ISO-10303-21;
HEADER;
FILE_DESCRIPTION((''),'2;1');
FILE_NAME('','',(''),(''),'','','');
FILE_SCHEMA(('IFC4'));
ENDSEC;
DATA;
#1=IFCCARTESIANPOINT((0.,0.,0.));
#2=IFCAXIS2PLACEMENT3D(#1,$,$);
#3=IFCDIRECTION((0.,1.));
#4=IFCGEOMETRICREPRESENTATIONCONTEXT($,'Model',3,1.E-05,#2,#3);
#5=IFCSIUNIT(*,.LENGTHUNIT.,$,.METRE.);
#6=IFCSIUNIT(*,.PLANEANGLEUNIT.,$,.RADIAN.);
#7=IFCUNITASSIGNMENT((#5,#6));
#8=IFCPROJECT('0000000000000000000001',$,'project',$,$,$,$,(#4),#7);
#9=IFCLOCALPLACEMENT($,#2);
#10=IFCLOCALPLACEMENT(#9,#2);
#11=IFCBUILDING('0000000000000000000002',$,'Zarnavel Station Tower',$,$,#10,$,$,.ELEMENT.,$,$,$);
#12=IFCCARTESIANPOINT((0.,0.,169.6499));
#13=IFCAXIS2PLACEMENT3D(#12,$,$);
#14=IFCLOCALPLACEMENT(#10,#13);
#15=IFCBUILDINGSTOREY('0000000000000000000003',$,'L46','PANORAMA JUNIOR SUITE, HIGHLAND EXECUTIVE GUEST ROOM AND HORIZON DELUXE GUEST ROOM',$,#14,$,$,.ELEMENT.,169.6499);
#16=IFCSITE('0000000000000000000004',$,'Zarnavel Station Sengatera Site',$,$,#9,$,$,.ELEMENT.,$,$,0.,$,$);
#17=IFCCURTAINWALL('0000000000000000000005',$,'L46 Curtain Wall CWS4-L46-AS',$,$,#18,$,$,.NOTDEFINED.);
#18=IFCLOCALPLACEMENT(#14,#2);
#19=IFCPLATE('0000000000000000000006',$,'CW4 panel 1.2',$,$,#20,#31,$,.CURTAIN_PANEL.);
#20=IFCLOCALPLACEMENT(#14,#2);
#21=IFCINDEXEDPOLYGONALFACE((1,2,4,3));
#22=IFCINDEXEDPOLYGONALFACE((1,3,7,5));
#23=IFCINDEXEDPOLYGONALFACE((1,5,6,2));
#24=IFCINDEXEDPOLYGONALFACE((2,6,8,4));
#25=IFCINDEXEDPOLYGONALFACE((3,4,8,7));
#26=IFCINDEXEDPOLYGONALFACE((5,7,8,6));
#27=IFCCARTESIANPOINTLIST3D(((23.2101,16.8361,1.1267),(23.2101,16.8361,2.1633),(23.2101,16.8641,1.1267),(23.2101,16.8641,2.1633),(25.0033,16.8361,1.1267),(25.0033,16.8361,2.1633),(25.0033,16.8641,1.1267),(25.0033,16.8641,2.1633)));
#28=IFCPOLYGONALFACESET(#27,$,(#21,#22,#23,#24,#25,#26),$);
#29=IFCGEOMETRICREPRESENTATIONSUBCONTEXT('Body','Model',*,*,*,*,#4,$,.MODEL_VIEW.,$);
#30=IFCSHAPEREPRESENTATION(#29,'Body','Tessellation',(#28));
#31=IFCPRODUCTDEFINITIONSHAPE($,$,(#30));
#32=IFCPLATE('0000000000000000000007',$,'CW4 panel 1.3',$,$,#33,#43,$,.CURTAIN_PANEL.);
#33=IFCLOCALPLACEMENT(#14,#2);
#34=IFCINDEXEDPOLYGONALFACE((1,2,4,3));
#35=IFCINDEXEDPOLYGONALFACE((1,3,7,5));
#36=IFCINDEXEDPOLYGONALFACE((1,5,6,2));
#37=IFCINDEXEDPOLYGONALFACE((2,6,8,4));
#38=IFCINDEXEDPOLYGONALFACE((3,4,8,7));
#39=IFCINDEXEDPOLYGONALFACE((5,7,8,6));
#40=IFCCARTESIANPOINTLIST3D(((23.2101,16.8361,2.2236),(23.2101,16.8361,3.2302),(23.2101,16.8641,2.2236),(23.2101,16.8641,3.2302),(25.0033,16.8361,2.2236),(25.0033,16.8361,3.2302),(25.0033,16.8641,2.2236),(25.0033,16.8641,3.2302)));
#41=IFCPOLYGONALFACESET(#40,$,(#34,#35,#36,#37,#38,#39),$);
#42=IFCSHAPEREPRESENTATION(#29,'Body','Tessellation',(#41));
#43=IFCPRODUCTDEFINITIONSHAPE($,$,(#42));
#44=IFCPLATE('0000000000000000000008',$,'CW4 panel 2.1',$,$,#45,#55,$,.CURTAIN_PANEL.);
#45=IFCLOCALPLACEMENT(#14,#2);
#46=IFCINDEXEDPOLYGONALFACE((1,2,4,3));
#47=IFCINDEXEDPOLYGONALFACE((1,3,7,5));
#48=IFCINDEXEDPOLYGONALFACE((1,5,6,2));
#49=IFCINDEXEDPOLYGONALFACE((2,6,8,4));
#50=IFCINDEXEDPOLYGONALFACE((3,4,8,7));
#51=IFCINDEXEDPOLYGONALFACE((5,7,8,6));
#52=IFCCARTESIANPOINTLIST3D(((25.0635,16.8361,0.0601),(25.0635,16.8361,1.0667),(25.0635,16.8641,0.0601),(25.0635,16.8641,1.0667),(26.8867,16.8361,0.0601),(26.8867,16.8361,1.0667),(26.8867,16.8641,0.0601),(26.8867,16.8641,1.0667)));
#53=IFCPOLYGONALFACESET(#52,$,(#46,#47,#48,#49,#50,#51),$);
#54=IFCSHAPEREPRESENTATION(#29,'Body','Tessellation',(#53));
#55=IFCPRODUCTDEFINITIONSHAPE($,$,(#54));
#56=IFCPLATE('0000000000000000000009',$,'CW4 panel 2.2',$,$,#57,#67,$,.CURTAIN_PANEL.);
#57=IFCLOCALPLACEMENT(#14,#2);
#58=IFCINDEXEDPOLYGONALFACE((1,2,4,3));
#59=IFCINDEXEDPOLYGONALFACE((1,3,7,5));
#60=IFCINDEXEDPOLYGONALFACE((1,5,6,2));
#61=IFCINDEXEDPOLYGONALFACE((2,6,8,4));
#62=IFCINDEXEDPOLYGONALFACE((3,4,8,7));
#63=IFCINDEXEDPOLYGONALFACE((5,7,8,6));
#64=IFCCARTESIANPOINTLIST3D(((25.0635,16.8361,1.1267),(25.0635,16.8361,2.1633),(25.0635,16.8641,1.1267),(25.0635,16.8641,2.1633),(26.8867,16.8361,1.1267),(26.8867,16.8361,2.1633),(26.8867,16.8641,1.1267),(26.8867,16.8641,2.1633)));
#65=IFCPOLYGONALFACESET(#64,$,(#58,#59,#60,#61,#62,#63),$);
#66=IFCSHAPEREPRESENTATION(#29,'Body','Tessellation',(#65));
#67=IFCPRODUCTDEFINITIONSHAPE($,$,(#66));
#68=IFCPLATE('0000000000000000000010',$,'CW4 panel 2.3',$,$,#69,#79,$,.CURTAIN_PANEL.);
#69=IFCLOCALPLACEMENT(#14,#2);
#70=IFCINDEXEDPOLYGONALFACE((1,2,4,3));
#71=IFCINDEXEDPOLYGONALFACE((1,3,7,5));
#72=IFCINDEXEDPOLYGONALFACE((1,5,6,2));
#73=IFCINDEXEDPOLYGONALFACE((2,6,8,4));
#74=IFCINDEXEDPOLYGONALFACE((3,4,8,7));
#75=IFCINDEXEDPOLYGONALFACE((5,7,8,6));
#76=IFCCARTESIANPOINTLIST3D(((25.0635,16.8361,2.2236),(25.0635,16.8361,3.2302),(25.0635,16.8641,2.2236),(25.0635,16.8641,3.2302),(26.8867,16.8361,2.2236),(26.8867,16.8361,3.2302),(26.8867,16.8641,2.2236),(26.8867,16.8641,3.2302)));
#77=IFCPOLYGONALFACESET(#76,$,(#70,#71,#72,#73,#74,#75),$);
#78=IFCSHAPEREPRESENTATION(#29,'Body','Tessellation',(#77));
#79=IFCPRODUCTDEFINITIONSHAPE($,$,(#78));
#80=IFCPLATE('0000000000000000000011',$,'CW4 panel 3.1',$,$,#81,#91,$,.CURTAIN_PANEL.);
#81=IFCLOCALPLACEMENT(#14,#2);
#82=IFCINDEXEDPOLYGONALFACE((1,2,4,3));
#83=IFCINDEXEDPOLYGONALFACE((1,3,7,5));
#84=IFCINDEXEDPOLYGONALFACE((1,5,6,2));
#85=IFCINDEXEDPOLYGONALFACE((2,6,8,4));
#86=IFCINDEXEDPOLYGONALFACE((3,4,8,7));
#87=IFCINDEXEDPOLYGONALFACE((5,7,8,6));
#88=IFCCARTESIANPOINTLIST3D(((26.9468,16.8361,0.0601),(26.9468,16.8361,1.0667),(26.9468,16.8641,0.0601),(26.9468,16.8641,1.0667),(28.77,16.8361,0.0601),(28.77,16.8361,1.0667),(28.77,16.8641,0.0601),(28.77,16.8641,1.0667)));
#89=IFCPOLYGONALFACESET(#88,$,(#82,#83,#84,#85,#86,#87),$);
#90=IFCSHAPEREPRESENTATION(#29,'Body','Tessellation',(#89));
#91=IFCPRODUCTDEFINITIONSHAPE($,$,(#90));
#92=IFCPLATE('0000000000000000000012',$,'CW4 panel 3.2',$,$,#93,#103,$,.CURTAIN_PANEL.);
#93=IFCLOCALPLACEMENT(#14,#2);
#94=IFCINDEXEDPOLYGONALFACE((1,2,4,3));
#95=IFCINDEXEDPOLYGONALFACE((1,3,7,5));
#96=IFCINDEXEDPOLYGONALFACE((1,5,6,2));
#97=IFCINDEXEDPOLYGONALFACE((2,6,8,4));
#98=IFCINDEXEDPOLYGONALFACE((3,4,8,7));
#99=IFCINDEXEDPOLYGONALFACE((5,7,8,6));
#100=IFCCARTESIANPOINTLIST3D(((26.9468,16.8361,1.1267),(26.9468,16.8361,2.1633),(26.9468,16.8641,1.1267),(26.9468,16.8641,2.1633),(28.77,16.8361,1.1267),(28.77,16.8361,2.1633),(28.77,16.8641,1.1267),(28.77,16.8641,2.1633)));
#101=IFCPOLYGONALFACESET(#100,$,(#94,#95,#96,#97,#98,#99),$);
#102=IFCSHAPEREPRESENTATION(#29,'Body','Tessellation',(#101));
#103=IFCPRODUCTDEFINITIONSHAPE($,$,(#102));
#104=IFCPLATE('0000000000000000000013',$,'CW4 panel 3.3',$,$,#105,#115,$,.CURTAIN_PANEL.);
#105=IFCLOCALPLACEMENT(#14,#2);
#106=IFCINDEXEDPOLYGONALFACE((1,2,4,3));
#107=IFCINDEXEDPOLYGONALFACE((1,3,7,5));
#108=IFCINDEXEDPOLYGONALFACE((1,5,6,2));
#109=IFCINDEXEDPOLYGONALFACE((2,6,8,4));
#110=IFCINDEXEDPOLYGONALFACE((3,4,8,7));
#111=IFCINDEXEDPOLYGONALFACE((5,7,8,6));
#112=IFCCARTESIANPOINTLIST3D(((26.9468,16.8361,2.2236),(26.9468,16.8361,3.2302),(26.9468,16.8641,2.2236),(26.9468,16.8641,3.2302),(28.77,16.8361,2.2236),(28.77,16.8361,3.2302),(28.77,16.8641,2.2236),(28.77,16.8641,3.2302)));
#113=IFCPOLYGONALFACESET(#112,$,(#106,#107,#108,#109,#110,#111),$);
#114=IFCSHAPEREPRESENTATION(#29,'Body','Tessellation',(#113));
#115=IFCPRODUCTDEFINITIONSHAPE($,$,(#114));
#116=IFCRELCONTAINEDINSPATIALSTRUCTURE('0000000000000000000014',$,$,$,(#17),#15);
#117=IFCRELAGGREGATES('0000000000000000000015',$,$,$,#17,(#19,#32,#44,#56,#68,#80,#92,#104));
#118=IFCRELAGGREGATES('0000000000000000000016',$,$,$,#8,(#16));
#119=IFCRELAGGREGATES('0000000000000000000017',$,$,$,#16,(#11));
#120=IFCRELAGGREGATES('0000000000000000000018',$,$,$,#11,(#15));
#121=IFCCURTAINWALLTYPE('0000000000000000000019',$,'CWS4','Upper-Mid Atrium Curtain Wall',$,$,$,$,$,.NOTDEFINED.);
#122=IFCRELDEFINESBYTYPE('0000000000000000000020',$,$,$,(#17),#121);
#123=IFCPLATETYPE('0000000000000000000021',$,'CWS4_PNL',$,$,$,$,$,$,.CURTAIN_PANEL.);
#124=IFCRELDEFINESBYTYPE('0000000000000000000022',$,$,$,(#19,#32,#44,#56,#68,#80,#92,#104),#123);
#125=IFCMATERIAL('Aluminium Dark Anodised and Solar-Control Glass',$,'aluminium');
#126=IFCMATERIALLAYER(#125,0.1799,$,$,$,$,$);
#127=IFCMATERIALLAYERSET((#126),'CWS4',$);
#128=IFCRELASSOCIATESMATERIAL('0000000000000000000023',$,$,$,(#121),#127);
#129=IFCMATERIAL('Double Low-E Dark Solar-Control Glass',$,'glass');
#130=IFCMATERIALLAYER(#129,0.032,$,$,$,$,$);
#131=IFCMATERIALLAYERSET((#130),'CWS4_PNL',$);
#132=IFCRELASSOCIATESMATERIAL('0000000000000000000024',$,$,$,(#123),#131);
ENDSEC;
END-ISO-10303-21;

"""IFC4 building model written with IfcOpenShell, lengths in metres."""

from ifc_helpers import new_model, si_unit, direction, frame, origin, origin_2d, place, context, subcontext, project, spatial, rectangle, extrude, material, layer, layer_set, type_object, element, aggregate, save


model = new_model("IFC4")

# Units and contexts
model_context = context("Model", 3, precision=1e-05, world=origin(), true_north=direction((0.0, 1.0)))
body_context = subcontext(model_context, "Body", "Model", "MODEL_VIEW")
ifc_project = project(units=[si_unit("LENGTHUNIT", "METRE"), si_unit("PLANEANGLEUNIT", "RADIAN")], contexts=[model_context])

# Site, building, storey
site_placement = place(None, origin())
site = spatial("IfcSite", under=ifc_project, at=site_placement, Name="Zarnavel Station Sengatera Site", CompositionType="ELEMENT", RefElevation=0.0)
building_placement = place(site_placement, origin())
building = spatial("IfcBuilding", under=site, at=building_placement, Name="Zarnavel Station Tower", CompositionType="ELEMENT")
storey_placement = place(building_placement, frame((0.0, 0.0, 169.6499)))
storey = spatial("IfcBuildingStorey", under=building, at=storey_placement, Name="L46", Description="PANORAMA JUNIOR SUITE, HIGHLAND EXECUTIVE GUEST ROOM AND HORIZON DELUXE GUEST ROOM", CompositionType="ELEMENT", Elevation=169.6499)

# Curtain wall, plates
ifc_material_1 = material(Name="Aluminium Dark Anodised and Solar-Control Glass", Category="aluminium")
ifc_layer_1 = layer(ifc_material_1, 0.1799)
ifc_layer_set_1 = layer_set([ifc_layer_1], Name="CWS4")
curtain_wall_type = type_object("IfcCurtainWallType", Name="CWS4", Description="Upper-Mid Atrium Curtain Wall", PredefinedType="NOTDEFINED", material=ifc_layer_set_1)
curtain_wall_placement = place(storey_placement, origin())
curtain_wall = element("IfcCurtainWall", 1, at=curtain_wall_placement, inside=storey, type_object=curtain_wall_type, Name="L46 Curtain Wall CWS4-L46-AS", PredefinedType="NOTDEFINED")
ifc_material_2 = material(Name="Double Low-E Dark Solar-Control Glass", Category="glass")
ifc_layer_2 = layer(ifc_material_2, 0.032)
ifc_layer_set_2 = layer_set([ifc_layer_2], Name="CWS4_PNL")
plate_type = type_object("IfcPlateType", Name="CWS4_PNL", PredefinedType="CURTAIN_PANEL", material=ifc_layer_set_2)
plate_1_placement = place(storey_placement, frame((24.1067, 16.8501, 1.1267), z_axis=(0.0, 0.0, 1.0), x_axis=(1.0, 0.0, 0.0)))
plate_1 = element("IfcPlate", 2, at=plate_1_placement, type_object=plate_type, Name="CW4 panel 1.2", PredefinedType="CURTAIN_PANEL", context=body_context, shape_type="SweptSolid", body=[
    extrude(rectangle(XDim=1.7932, YDim=0.0281, at=origin_2d()), origin(), (0.0, 0.0, 1.0), 1.0366),
])
plate_2_placement = place(storey_placement, frame((24.1067, 16.8501, 2.2236), z_axis=(0.0, 0.0, 1.0), x_axis=(1.0, 0.0, 0.0)))
plate_2 = element("IfcPlate", 3, at=plate_2_placement, type_object=plate_type, Name="CW4 panel 1.3", PredefinedType="CURTAIN_PANEL", context=body_context, shape_type="SweptSolid", body=[
    extrude(rectangle(XDim=1.7932, YDim=0.0281, at=origin_2d()), origin(), (0.0, 0.0, 1.0), 1.0066),
])
plate_3_placement = place(storey_placement, frame((25.9751, 16.8501, 0.0601), z_axis=(0.0, 0.0, 1.0), x_axis=(1.0, 0.0, 0.0)))
plate_3 = element("IfcPlate", 4, at=plate_3_placement, type_object=plate_type, Name="CW4 panel 2.1", PredefinedType="CURTAIN_PANEL", context=body_context, shape_type="SweptSolid", body=[
    extrude(rectangle(XDim=1.8232, YDim=0.0281, at=origin_2d()), origin(), (0.0, 0.0, 1.0), 1.0066),
])
plate_4_placement = place(storey_placement, frame((25.9751, 16.8501, 1.1267), z_axis=(0.0, 0.0, 1.0), x_axis=(1.0, 0.0, 0.0)))
plate_4 = element("IfcPlate", 5, at=plate_4_placement, type_object=plate_type, Name="CW4 panel 2.2", PredefinedType="CURTAIN_PANEL", context=body_context, shape_type="SweptSolid", body=[
    extrude(rectangle(XDim=1.8232, YDim=0.0281, at=origin_2d()), origin(), (0.0, 0.0, 1.0), 1.0366),
])
plate_5_placement = place(storey_placement, frame((25.9751, 16.8501, 2.2236), z_axis=(0.0, 0.0, 1.0), x_axis=(1.0, 0.0, 0.0)))
plate_5 = element("IfcPlate", 6, at=plate_5_placement, type_object=plate_type, Name="CW4 panel 2.3", PredefinedType="CURTAIN_PANEL", context=body_context, shape_type="SweptSolid", body=[
    extrude(rectangle(XDim=1.8232, YDim=0.0281, at=origin_2d()), origin(), (0.0, 0.0, 1.0), 1.0066),
])
plate_6_placement = place(storey_placement, frame((27.8584, 16.8501, 0.0601), z_axis=(0.0, 0.0, 1.0), x_axis=(1.0, 0.0, 0.0)))
plate_6 = element("IfcPlate", 7, at=plate_6_placement, type_object=plate_type, Name="CW4 panel 3.1", PredefinedType="CURTAIN_PANEL", context=body_context, shape_type="SweptSolid", body=[
    extrude(rectangle(XDim=1.8232, YDim=0.0281, at=origin_2d()), origin(), (0.0, 0.0, 1.0), 1.0066),
])
plate_7_placement = place(storey_placement, frame((27.8584, 16.8501, 1.1267), z_axis=(0.0, 0.0, 1.0), x_axis=(1.0, 0.0, 0.0)))
plate_7 = element("IfcPlate", 8, at=plate_7_placement, type_object=plate_type, Name="CW4 panel 3.2", PredefinedType="CURTAIN_PANEL", context=body_context, shape_type="SweptSolid", body=[
    extrude(rectangle(XDim=1.8232, YDim=0.0281, at=origin_2d()), origin(), (0.0, 0.0, 1.0), 1.0366),
])
plate_8_placement = place(storey_placement, frame((27.8584, 16.8501, 2.2236), z_axis=(0.0, 0.0, 1.0), x_axis=(1.0, 0.0, 0.0)))
plate_8 = element("IfcPlate", 9, at=plate_8_placement, type_object=plate_type, Name="CW4 panel 3.3", PredefinedType="CURTAIN_PANEL", context=body_context, shape_type="SweptSolid", body=[
    extrude(rectangle(XDim=1.8232, YDim=0.0281, at=origin_2d()), origin(), (0.0, 0.0, 1.0), 1.0066),
])
aggregate(curtain_wall, [plate_1, plate_2, plate_3, plate_4, plate_5, plate_6, plate_7, plate_8])

save(model, "model.ifc")
